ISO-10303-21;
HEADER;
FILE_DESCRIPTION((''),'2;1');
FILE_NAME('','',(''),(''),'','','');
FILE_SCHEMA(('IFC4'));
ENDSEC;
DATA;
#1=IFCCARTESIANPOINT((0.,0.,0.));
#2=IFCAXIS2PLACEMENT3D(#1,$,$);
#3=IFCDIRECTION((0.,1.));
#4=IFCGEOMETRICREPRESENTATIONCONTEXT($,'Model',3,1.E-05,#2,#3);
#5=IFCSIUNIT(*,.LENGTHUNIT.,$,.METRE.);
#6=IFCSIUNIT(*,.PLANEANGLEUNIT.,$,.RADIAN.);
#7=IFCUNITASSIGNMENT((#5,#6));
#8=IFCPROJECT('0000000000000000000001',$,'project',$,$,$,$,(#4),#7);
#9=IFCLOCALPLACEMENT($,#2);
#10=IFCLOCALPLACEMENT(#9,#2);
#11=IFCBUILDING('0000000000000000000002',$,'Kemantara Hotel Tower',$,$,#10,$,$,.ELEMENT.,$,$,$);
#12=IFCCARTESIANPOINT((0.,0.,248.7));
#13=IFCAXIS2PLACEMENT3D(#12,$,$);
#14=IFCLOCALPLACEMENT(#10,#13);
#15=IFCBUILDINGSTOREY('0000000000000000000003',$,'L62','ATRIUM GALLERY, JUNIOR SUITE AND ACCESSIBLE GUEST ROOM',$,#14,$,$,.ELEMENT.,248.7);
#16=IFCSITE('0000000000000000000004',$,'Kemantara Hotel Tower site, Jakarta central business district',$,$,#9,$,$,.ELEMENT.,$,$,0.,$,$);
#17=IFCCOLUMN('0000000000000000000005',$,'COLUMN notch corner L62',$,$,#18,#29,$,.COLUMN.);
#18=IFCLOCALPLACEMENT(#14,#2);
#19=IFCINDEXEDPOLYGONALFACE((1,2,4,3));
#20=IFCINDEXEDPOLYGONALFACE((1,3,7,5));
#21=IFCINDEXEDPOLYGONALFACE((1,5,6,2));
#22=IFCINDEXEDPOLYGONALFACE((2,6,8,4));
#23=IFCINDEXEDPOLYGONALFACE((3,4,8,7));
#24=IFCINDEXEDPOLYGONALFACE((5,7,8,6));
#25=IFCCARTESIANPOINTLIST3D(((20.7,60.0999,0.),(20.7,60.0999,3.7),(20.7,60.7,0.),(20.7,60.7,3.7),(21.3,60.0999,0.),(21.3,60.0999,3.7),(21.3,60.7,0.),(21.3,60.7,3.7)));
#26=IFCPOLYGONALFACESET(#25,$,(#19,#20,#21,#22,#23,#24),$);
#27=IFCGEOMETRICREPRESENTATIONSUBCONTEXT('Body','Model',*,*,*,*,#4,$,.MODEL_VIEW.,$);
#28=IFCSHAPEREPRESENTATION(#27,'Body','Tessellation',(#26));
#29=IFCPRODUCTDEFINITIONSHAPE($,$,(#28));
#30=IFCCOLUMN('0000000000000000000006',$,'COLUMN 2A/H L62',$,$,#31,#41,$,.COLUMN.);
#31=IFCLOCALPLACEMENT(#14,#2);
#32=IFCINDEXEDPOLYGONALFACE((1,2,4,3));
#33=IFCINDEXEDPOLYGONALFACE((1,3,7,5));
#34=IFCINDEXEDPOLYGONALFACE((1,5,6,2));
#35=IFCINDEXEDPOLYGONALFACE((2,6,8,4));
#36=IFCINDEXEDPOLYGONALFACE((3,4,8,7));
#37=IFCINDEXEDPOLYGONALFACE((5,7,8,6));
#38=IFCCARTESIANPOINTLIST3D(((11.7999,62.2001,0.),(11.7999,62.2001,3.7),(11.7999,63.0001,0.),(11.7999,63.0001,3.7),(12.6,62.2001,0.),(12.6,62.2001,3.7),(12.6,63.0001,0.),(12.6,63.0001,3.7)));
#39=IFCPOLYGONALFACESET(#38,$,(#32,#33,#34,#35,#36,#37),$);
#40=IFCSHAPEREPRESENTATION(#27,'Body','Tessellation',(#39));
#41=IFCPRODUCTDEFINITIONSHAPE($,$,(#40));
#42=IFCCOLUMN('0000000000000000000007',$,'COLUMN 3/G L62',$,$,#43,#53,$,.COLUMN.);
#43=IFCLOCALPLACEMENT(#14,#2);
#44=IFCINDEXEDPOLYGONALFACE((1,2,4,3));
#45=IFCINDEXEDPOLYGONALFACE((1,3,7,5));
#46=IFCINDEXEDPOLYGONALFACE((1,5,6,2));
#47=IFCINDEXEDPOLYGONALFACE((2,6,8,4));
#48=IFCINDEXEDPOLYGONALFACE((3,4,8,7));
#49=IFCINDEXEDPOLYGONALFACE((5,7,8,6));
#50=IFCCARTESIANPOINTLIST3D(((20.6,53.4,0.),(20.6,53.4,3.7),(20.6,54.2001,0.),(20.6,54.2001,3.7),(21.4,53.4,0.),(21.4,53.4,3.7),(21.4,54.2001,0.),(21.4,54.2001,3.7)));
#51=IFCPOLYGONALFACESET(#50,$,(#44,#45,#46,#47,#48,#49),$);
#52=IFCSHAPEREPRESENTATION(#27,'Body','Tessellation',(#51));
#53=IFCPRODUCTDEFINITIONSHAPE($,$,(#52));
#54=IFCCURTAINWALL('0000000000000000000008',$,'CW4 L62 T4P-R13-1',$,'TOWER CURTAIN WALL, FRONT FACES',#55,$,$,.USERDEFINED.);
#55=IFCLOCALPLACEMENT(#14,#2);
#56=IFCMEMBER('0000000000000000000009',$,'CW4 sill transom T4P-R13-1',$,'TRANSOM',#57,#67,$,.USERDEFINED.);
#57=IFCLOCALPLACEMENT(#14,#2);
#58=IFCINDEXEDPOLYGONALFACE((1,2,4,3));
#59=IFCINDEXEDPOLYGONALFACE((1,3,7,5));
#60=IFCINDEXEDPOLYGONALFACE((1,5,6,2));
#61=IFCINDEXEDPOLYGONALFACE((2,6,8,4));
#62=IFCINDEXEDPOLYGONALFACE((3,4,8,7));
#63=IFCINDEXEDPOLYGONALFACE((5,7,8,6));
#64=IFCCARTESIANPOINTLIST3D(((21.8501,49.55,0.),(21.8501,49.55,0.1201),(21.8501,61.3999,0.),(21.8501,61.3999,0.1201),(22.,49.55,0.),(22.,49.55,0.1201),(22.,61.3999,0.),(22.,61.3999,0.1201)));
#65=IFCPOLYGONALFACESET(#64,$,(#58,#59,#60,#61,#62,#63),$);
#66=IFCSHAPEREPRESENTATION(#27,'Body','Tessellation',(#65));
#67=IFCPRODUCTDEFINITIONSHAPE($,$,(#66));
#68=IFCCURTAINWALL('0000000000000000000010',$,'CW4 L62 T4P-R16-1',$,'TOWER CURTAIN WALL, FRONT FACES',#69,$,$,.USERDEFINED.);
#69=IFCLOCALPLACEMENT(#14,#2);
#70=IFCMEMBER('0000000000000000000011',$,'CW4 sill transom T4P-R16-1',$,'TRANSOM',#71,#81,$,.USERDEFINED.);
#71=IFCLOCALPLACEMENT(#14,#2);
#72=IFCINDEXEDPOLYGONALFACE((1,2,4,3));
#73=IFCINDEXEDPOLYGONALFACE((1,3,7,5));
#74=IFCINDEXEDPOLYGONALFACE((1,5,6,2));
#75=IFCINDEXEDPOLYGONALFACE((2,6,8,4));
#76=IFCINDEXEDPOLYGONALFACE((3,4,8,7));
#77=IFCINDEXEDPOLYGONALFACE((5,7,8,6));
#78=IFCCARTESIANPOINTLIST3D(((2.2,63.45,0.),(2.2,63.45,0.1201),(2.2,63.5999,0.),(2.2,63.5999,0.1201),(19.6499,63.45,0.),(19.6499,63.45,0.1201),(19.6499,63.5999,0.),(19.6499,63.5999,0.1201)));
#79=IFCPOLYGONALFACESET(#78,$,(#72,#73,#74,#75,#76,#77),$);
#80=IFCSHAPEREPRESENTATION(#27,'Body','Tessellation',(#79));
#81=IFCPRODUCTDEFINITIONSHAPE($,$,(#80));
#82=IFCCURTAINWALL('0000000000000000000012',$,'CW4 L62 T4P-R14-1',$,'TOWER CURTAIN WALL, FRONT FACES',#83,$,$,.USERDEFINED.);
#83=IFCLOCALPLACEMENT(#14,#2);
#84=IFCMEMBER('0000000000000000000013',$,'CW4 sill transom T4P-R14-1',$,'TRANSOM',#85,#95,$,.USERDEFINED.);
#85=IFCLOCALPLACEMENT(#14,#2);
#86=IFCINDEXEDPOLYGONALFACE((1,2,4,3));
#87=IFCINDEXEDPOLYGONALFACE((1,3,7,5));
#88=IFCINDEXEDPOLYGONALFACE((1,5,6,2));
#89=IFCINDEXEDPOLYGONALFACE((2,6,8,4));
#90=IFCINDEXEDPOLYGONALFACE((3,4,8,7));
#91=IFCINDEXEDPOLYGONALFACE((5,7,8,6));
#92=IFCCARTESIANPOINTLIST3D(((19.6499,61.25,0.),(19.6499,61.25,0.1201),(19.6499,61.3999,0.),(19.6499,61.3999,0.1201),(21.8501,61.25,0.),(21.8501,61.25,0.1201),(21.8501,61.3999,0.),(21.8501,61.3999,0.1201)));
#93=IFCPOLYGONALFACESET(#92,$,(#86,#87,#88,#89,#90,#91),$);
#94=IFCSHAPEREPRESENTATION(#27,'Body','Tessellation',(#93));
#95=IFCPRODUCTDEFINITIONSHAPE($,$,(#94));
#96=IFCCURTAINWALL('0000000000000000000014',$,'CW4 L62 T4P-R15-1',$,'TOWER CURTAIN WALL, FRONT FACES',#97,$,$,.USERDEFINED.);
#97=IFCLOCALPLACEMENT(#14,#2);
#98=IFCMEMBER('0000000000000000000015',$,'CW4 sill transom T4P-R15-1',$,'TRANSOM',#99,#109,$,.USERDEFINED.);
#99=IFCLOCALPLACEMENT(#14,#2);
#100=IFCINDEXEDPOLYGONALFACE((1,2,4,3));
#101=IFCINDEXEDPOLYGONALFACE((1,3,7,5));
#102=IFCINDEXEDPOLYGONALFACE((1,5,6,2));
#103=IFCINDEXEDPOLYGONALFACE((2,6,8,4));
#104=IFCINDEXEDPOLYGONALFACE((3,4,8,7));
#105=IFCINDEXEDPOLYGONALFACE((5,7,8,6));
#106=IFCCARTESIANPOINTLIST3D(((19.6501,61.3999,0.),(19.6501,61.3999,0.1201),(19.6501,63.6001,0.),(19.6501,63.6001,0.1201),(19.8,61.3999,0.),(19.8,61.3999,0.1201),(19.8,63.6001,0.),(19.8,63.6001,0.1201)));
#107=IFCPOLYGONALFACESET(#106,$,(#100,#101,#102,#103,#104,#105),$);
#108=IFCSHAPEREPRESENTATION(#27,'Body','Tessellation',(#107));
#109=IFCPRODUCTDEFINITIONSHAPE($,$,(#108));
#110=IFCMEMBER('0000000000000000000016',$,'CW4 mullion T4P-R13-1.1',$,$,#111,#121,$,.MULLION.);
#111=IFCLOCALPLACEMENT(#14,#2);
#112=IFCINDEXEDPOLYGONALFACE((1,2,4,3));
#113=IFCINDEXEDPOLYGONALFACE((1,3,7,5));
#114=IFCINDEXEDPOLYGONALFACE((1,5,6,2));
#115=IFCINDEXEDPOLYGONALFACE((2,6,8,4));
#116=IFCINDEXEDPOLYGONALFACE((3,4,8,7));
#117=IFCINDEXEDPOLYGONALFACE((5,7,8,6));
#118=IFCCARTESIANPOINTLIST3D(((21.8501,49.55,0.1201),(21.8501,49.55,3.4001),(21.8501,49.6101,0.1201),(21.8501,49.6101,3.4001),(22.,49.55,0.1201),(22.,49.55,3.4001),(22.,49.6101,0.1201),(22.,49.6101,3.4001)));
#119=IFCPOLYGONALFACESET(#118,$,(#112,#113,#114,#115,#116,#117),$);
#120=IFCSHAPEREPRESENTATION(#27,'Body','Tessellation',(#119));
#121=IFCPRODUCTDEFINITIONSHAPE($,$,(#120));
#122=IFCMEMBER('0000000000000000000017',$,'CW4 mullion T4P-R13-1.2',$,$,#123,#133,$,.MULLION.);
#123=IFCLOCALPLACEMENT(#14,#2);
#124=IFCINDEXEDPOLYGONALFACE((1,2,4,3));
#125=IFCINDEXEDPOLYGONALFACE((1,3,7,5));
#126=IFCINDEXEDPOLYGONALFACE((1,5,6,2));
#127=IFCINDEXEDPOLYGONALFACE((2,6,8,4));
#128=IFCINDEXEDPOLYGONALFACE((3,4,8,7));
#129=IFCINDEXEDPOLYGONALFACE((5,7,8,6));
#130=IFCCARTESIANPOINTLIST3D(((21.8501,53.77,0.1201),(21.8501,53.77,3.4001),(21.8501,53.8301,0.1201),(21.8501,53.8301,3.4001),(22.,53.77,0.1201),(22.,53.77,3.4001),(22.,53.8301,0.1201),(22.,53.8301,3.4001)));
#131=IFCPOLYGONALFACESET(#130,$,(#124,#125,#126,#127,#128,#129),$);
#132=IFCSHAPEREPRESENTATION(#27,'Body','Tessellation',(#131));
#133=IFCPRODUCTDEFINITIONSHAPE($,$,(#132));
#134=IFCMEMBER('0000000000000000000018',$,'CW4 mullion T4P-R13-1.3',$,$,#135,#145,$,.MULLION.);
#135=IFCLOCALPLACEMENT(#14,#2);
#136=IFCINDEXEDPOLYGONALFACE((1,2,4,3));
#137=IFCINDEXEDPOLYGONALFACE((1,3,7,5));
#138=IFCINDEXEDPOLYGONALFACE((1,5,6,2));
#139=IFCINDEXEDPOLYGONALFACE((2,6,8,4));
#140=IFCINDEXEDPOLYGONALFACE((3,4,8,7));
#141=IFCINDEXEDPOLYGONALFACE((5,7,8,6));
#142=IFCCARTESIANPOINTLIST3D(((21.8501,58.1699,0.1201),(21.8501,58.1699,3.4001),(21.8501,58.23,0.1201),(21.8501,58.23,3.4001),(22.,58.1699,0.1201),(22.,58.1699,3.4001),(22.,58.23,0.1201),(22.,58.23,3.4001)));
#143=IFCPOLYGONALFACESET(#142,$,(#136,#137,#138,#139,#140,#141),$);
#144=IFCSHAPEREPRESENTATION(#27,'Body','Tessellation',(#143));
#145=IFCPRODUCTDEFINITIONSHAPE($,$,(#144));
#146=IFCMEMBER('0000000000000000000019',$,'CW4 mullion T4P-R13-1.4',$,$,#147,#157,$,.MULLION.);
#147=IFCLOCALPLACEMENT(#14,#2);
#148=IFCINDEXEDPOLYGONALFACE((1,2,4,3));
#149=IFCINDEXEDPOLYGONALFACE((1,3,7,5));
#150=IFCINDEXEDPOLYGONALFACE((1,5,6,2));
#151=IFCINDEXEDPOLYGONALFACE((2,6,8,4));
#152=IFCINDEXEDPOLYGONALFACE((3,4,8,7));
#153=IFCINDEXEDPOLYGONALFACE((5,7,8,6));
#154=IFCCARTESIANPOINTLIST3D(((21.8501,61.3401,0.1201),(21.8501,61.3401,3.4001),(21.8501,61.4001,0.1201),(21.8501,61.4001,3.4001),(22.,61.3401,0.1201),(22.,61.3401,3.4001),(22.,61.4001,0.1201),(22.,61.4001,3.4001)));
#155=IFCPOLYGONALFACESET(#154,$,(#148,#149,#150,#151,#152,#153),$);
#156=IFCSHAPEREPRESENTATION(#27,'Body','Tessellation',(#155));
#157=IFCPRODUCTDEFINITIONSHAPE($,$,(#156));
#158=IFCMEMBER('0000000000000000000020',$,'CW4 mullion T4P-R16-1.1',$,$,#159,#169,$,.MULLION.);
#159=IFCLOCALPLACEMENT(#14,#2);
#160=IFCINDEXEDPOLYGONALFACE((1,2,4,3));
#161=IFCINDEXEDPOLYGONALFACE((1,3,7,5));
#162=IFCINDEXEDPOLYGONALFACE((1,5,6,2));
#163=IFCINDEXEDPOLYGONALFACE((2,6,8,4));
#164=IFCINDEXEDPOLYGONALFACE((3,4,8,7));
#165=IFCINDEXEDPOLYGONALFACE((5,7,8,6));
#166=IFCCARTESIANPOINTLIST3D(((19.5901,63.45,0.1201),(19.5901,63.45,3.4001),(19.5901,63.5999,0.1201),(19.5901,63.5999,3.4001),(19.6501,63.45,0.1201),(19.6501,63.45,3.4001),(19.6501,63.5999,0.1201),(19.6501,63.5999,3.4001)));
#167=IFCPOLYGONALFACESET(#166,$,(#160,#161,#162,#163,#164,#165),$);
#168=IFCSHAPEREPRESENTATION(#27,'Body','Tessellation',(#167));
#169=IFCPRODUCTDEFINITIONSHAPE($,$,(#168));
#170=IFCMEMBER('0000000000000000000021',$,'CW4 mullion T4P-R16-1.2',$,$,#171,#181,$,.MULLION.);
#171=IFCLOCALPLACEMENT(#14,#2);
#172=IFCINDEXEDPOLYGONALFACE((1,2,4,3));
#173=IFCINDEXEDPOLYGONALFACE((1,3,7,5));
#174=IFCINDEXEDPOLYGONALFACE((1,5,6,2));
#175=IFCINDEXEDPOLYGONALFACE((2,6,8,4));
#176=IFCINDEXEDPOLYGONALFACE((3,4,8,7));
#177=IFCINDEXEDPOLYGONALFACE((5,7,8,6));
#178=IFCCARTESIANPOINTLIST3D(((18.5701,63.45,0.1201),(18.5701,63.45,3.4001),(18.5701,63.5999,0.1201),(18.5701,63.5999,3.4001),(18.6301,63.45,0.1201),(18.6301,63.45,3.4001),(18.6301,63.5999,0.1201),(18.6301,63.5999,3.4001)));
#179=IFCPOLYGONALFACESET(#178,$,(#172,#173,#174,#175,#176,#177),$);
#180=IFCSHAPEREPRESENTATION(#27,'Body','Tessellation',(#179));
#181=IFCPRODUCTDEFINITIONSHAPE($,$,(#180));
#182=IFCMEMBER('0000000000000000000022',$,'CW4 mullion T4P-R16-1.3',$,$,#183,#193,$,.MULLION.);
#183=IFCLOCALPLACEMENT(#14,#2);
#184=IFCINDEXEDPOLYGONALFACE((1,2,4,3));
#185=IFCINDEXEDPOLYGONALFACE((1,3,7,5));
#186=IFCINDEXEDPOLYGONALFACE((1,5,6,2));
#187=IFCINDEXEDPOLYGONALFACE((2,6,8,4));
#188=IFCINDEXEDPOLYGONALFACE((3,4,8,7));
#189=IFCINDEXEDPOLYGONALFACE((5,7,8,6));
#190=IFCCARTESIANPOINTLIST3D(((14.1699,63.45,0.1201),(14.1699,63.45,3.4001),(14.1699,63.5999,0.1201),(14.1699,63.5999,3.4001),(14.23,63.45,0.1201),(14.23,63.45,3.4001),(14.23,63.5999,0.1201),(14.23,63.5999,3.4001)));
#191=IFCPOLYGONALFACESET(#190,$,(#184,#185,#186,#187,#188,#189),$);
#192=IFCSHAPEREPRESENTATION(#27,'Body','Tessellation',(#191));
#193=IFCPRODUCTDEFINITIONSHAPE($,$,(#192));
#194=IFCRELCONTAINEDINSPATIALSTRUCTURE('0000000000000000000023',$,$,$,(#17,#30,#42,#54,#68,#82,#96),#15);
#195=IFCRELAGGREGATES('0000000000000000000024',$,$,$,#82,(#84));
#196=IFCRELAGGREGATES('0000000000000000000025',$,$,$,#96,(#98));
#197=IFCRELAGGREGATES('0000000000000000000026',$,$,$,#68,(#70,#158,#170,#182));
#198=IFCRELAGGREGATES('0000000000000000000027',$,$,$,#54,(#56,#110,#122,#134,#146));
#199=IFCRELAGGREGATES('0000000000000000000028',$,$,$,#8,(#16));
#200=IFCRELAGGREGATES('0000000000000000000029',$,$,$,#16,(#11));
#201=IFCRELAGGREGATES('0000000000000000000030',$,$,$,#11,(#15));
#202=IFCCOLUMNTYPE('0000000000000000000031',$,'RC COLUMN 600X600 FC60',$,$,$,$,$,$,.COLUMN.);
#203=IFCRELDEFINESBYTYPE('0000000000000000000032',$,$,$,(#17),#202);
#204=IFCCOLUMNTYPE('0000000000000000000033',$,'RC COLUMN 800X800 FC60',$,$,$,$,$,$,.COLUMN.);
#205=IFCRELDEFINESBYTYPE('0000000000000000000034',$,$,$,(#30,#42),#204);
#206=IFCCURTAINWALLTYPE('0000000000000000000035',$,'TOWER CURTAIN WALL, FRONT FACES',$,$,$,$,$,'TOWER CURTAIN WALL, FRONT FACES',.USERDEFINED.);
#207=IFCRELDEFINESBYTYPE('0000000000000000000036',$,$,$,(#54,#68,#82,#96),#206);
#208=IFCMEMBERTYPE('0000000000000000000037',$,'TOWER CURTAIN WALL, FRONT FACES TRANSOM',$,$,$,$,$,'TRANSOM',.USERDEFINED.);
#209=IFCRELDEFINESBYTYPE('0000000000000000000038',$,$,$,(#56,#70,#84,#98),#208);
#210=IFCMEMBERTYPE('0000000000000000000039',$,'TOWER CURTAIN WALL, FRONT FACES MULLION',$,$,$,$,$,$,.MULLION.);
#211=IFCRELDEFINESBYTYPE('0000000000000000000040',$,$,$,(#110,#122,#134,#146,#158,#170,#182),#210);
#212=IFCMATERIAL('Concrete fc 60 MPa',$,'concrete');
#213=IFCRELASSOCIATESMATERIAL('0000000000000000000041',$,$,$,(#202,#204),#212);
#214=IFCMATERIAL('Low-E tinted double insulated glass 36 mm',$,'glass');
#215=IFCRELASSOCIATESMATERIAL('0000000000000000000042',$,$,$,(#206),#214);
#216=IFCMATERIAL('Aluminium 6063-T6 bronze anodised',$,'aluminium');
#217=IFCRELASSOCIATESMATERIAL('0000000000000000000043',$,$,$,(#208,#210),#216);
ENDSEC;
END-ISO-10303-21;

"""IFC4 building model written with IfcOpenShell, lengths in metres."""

from ifc_helpers import new_model, si_unit, direction, frame, origin, origin_2d, place, context, subcontext, project, spatial, rectangle, extrude, source, transform, mapped, material, material_profile, profile_set, type_object, element, aggregate, save


model = new_model("IFC4")

# Units and contexts
model_context = context("Model", 3, precision=1e-05, world=origin(), true_north=direction((0.0, 1.0)))
body_context = subcontext(model_context, "Body", "Model", "MODEL_VIEW")
ifc_project = project(units=[si_unit("LENGTHUNIT", "METRE"), si_unit("PLANEANGLEUNIT", "RADIAN")], contexts=[model_context])

# Site, building, storey
site_placement = place(None, origin())
site = spatial("IfcSite", under=ifc_project, at=site_placement, Name="Kemantara Hotel Tower site, Jakarta central business district", CompositionType="ELEMENT", RefElevation=0.0)
building_placement = place(site_placement, origin())
building = spatial("IfcBuilding", under=site, at=building_placement, Name="Kemantara Hotel Tower", CompositionType="ELEMENT")
storey_placement = place(building_placement, frame((0.0, 0.0, 248.7)))
storey = spatial("IfcBuildingStorey", under=building, at=storey_placement, Name="L62", Description="ATRIUM GALLERY, JUNIOR SUITE AND ACCESSIBLE GUEST ROOM", CompositionType="ELEMENT", Elevation=248.7)

# Columns
ifc_material_1 = material(Name="Concrete fc 60 MPa", Category="concrete")
ifc_material_profile_1 = material_profile(ifc_material_1, rectangle(XDim=0.6001, YDim=0.6001, at=origin_2d()), Name="RC 600X600")
ifc_profile_set_1 = profile_set([ifc_material_profile_1], Name="Concrete fc 60 MPa")
column_type_1 = type_object("IfcColumnType", Name="RC COLUMN 600X600 FC60", PredefinedType="COLUMN", material=ifc_profile_set_1)
column_placement = place(storey_placement, frame((21.0, 60.3999, 0.0), z_axis=(0.0, 0.0, 1.0), x_axis=(1.0, 0.0, 0.0)))
element("IfcColumn", 1, at=column_placement, inside=storey, type_object=column_type_1, Name="COLUMN notch corner L62", PredefinedType="COLUMN", context=body_context, shape_type="SweptSolid", body=[
    extrude(rectangle(XDim=0.6001, YDim=0.6001, at=origin_2d()), origin(), (0.0, 0.0, 1.0), 3.7),
])
ifc_material_profile_2 = material_profile(ifc_material_1, rectangle(XDim=0.8, YDim=0.8, at=origin_2d()), Name="RC 800X800")
ifc_profile_set_2 = profile_set([ifc_material_profile_2], Name="Concrete fc 60 MPa")
column_type_2 = type_object("IfcColumnType", Name="RC COLUMN 800X800 FC60", PredefinedType="COLUMN", material=ifc_profile_set_2)
for number, where, z_axis, x_axis, name in (
    (2, (12.2, 62.6001, 0.0), (0.0, 0.0, 1.0), (1.0, 0.0, 0.0), "COLUMN 2A/H L62"),
    (3, (21.0, 53.8, 0.0), (0.0, 0.0, 1.0), (1.0, 0.0, 0.0), "COLUMN 3/G L62"),
):
    element("IfcColumn", number, at=place(storey_placement, frame(where, z_axis=z_axis, x_axis=x_axis)), inside=storey, type_object=column_type_2, Name=name, PredefinedType="COLUMN", context=body_context, shape_type="SweptSolid", body=[
        extrude(rectangle(XDim=0.8, YDim=0.8, at=origin_2d()), origin(), (0.0, 0.0, 1.0), 3.7),
    ])

# Curtain walls, members
ifc_material_2 = material(Name="Low-E tinted double insulated glass 36 mm", Category="glass")
curtain_wall_type = type_object("IfcCurtainWallType", Name="TOWER CURTAIN WALL, FRONT FACES", ElementType="TOWER CURTAIN WALL, FRONT FACES", PredefinedType="USERDEFINED", material=ifc_material_2)
curtain_wall_1_placement = place(storey_placement, origin())
curtain_wall_1 = element("IfcCurtainWall", 4, at=curtain_wall_1_placement, inside=storey, type_object=curtain_wall_type, Name="CW4 L62 T4P-R13-1", ObjectType="TOWER CURTAIN WALL, FRONT FACES", PredefinedType="USERDEFINED")
ifc_material_3 = material(Name="Aluminium 6063-T6 bronze anodised", Category="aluminium")
ifc_material_profile_3 = material_profile(ifc_material_3, rectangle(XDim=0.1499, YDim=0.1201, at=origin_2d()), Name="TOWER CURTAIN WALL, FRONT FACES TRANSOM")
ifc_profile_set_3 = profile_set([ifc_material_profile_3], Name="Aluminium 6063-T6 bronze anodised")
member_type_1 = type_object("IfcMemberType", Name="TOWER CURTAIN WALL, FRONT FACES TRANSOM", ElementType="TRANSOM", PredefinedType="USERDEFINED", material=ifc_profile_set_3)
member_1_placement = place(storey_placement, frame((21.925, 49.55, 0.0601), z_axis=(0.0, 1.0, 0.0), x_axis=(-1.0, 0.0, 0.0)))
member_1 = element("IfcMember", 5, at=member_1_placement, type_object=member_type_1, Name="CW4 sill transom T4P-R13-1", ObjectType="TRANSOM", PredefinedType="USERDEFINED", context=body_context, shape_type="SweptSolid", body=[
    extrude(rectangle(XDim=0.1499, YDim=0.1201, at=origin_2d()), origin(), (0.0, 0.0, 1.0), 11.8499),
])
curtain_wall_2_placement = place(storey_placement, origin())
curtain_wall_2 = element("IfcCurtainWall", 6, at=curtain_wall_2_placement, inside=storey, type_object=curtain_wall_type, Name="CW4 L62 T4P-R16-1", ObjectType="TOWER CURTAIN WALL, FRONT FACES", PredefinedType="USERDEFINED")
member_2_placement = place(storey_placement, frame((19.6499, 63.5249, 0.0601), z_axis=(-1.0, 0.0, 0.0), x_axis=(0.0, -1.0, 0.0)))
member_2 = element("IfcMember", 7, at=member_2_placement, type_object=member_type_1, Name="CW4 sill transom T4P-R16-1", ObjectType="TRANSOM", PredefinedType="USERDEFINED", context=body_context, shape_type="SweptSolid", body=[
    extrude(rectangle(XDim=0.1499, YDim=0.1201, at=origin_2d()), origin(), (0.0, 0.0, 1.0), 17.45),
])
curtain_wall_3_placement = place(storey_placement, origin())
curtain_wall_3 = element("IfcCurtainWall", 8, at=curtain_wall_3_placement, inside=storey, type_object=curtain_wall_type, Name="CW4 L62 T4P-R14-1", ObjectType="TOWER CURTAIN WALL, FRONT FACES", PredefinedType="USERDEFINED")
member_3_placement = place(storey_placement, frame((21.8501, 61.325, 0.0601), z_axis=(-1.0, 0.0, 0.0), x_axis=(0.0, -1.0, 0.0)))
member_3 = element("IfcMember", 9, at=member_3_placement, type_object=member_type_1, Name="CW4 sill transom T4P-R14-1", ObjectType="TRANSOM", PredefinedType="USERDEFINED", context=body_context, shape_type="SweptSolid", body=[
    extrude(rectangle(XDim=0.1499, YDim=0.1201, at=origin_2d()), origin(), (0.0, 0.0, 1.0), 2.2002),
])
curtain_wall_4_placement = place(storey_placement, origin())
curtain_wall_4 = element("IfcCurtainWall", 10, at=curtain_wall_4_placement, inside=storey, type_object=curtain_wall_type, Name="CW4 L62 T4P-R15-1", ObjectType="TOWER CURTAIN WALL, FRONT FACES", PredefinedType="USERDEFINED")
member_4_placement = place(storey_placement, frame((19.7251, 61.3999, 0.0601), z_axis=(0.0, 1.0, 0.0), x_axis=(-1.0, 0.0, 0.0)))
member_4 = element("IfcMember", 11, at=member_4_placement, type_object=member_type_1, Name="CW4 sill transom T4P-R15-1", ObjectType="TRANSOM", PredefinedType="USERDEFINED", context=body_context, shape_type="SweptSolid", body=[
    extrude(rectangle(XDim=0.1499, YDim=0.1201, at=origin_2d()), origin(), (0.0, 0.0, 1.0), 2.2002),
])

# Members
ifc_material_profile_4 = material_profile(ifc_material_3, rectangle(XDim=0.1499, YDim=0.0601, at=origin_2d()), Name="TOWER CURTAIN WALL, FRONT FACES MULLION")
ifc_profile_set_4 = profile_set([ifc_material_profile_4], Name="Aluminium 6063-T6 bronze anodised")
member_type_2 = type_object("IfcMemberType", Name="TOWER CURTAIN WALL, FRONT FACES MULLION", PredefinedType="MULLION", material=ifc_profile_set_4)
shared_shape_1 = source(origin(), body_context, "Body", "SweptSolid", [
    extrude(rectangle(XDim=0.1499, YDim=0.0601, at=origin_2d()), origin(), (0.0, 0.0, 1.0), 3.28),
])
member_5_placement = place(storey_placement, frame((21.925, 49.5801, 0.1201), z_axis=(0.0, 0.0, 1.0), x_axis=(-1.0, 0.0, 0.0)))
member_5 = element("IfcMember", 12, at=member_5_placement, type_object=member_type_2, Name="CW4 mullion T4P-R13-1.1", PredefinedType="MULLION", context=body_context, shape_type="MappedRepresentation", body=[
    mapped(shared_shape_1, transform((0.0, 0.0, 0.0))),
])
member_6_placement = place(storey_placement, frame((21.925, 53.8, 0.1201), z_axis=(0.0, 0.0, 1.0), x_axis=(-1.0, 0.0, 0.0)))
member_6 = element("IfcMember", 13, at=member_6_placement, type_object=member_type_2, Name="CW4 mullion T4P-R13-1.2", PredefinedType="MULLION", context=body_context, shape_type="MappedRepresentation", body=[
    mapped(shared_shape_1, transform((0.0, 0.0, 0.0))),
])
member_7_placement = place(storey_placement, frame((21.925, 58.2, 0.1201), z_axis=(0.0, 0.0, 1.0), x_axis=(-1.0, 0.0, 0.0)))
member_7 = element("IfcMember", 14, at=member_7_placement, type_object=member_type_2, Name="CW4 mullion T4P-R13-1.3", PredefinedType="MULLION", context=body_context, shape_type="MappedRepresentation", body=[
    mapped(shared_shape_1, transform((0.0, 0.0, 0.0))),
])
member_8_placement = place(storey_placement, frame((21.925, 61.3701, 0.1201), z_axis=(0.0, 0.0, 1.0), x_axis=(-1.0, 0.0, 0.0)))
member_8 = element("IfcMember", 15, at=member_8_placement, type_object=member_type_2, Name="CW4 mullion T4P-R13-1.4", PredefinedType="MULLION", context=body_context, shape_type="MappedRepresentation", body=[
    mapped(shared_shape_1, transform((0.0, 0.0, 0.0))),
])
member_9_placement = place(storey_placement, frame((19.6201, 63.5249, 0.1201), z_axis=(0.0, 0.0, 1.0), x_axis=(0.0, -1.0, 0.0)))
member_9 = element("IfcMember", 16, at=member_9_placement, type_object=member_type_2, Name="CW4 mullion T4P-R16-1.1", PredefinedType="MULLION", context=body_context, shape_type="MappedRepresentation", body=[
    mapped(shared_shape_1, transform((0.0, 0.0, 0.0))),
])
member_10_placement = place(storey_placement, frame((18.6001, 63.5249, 0.1201), z_axis=(0.0, 0.0, 1.0), x_axis=(0.0, -1.0, 0.0)))
member_10 = element("IfcMember", 17, at=member_10_placement, type_object=member_type_2, Name="CW4 mullion T4P-R16-1.2", PredefinedType="MULLION", context=body_context, shape_type="MappedRepresentation", body=[
    mapped(shared_shape_1, transform((0.0, 0.0, 0.0))),
])
member_11_placement = place(storey_placement, frame((14.2, 63.5249, 0.1201), z_axis=(0.0, 0.0, 1.0), x_axis=(0.0, -1.0, 0.0)))
member_11 = element("IfcMember", 18, at=member_11_placement, type_object=member_type_2, Name="CW4 mullion T4P-R16-1.3", PredefinedType="MULLION", context=body_context, shape_type="MappedRepresentation", body=[
    mapped(shared_shape_1, transform((0.0, 0.0, 0.0))),
])

aggregate(curtain_wall_3, [member_3])
aggregate(curtain_wall_4, [member_4])
aggregate(curtain_wall_2, [member_2, member_9, member_10, member_11])
aggregate(curtain_wall_1, [member_1, member_5, member_6, member_7, member_8])

save(model, "model.ifc")
